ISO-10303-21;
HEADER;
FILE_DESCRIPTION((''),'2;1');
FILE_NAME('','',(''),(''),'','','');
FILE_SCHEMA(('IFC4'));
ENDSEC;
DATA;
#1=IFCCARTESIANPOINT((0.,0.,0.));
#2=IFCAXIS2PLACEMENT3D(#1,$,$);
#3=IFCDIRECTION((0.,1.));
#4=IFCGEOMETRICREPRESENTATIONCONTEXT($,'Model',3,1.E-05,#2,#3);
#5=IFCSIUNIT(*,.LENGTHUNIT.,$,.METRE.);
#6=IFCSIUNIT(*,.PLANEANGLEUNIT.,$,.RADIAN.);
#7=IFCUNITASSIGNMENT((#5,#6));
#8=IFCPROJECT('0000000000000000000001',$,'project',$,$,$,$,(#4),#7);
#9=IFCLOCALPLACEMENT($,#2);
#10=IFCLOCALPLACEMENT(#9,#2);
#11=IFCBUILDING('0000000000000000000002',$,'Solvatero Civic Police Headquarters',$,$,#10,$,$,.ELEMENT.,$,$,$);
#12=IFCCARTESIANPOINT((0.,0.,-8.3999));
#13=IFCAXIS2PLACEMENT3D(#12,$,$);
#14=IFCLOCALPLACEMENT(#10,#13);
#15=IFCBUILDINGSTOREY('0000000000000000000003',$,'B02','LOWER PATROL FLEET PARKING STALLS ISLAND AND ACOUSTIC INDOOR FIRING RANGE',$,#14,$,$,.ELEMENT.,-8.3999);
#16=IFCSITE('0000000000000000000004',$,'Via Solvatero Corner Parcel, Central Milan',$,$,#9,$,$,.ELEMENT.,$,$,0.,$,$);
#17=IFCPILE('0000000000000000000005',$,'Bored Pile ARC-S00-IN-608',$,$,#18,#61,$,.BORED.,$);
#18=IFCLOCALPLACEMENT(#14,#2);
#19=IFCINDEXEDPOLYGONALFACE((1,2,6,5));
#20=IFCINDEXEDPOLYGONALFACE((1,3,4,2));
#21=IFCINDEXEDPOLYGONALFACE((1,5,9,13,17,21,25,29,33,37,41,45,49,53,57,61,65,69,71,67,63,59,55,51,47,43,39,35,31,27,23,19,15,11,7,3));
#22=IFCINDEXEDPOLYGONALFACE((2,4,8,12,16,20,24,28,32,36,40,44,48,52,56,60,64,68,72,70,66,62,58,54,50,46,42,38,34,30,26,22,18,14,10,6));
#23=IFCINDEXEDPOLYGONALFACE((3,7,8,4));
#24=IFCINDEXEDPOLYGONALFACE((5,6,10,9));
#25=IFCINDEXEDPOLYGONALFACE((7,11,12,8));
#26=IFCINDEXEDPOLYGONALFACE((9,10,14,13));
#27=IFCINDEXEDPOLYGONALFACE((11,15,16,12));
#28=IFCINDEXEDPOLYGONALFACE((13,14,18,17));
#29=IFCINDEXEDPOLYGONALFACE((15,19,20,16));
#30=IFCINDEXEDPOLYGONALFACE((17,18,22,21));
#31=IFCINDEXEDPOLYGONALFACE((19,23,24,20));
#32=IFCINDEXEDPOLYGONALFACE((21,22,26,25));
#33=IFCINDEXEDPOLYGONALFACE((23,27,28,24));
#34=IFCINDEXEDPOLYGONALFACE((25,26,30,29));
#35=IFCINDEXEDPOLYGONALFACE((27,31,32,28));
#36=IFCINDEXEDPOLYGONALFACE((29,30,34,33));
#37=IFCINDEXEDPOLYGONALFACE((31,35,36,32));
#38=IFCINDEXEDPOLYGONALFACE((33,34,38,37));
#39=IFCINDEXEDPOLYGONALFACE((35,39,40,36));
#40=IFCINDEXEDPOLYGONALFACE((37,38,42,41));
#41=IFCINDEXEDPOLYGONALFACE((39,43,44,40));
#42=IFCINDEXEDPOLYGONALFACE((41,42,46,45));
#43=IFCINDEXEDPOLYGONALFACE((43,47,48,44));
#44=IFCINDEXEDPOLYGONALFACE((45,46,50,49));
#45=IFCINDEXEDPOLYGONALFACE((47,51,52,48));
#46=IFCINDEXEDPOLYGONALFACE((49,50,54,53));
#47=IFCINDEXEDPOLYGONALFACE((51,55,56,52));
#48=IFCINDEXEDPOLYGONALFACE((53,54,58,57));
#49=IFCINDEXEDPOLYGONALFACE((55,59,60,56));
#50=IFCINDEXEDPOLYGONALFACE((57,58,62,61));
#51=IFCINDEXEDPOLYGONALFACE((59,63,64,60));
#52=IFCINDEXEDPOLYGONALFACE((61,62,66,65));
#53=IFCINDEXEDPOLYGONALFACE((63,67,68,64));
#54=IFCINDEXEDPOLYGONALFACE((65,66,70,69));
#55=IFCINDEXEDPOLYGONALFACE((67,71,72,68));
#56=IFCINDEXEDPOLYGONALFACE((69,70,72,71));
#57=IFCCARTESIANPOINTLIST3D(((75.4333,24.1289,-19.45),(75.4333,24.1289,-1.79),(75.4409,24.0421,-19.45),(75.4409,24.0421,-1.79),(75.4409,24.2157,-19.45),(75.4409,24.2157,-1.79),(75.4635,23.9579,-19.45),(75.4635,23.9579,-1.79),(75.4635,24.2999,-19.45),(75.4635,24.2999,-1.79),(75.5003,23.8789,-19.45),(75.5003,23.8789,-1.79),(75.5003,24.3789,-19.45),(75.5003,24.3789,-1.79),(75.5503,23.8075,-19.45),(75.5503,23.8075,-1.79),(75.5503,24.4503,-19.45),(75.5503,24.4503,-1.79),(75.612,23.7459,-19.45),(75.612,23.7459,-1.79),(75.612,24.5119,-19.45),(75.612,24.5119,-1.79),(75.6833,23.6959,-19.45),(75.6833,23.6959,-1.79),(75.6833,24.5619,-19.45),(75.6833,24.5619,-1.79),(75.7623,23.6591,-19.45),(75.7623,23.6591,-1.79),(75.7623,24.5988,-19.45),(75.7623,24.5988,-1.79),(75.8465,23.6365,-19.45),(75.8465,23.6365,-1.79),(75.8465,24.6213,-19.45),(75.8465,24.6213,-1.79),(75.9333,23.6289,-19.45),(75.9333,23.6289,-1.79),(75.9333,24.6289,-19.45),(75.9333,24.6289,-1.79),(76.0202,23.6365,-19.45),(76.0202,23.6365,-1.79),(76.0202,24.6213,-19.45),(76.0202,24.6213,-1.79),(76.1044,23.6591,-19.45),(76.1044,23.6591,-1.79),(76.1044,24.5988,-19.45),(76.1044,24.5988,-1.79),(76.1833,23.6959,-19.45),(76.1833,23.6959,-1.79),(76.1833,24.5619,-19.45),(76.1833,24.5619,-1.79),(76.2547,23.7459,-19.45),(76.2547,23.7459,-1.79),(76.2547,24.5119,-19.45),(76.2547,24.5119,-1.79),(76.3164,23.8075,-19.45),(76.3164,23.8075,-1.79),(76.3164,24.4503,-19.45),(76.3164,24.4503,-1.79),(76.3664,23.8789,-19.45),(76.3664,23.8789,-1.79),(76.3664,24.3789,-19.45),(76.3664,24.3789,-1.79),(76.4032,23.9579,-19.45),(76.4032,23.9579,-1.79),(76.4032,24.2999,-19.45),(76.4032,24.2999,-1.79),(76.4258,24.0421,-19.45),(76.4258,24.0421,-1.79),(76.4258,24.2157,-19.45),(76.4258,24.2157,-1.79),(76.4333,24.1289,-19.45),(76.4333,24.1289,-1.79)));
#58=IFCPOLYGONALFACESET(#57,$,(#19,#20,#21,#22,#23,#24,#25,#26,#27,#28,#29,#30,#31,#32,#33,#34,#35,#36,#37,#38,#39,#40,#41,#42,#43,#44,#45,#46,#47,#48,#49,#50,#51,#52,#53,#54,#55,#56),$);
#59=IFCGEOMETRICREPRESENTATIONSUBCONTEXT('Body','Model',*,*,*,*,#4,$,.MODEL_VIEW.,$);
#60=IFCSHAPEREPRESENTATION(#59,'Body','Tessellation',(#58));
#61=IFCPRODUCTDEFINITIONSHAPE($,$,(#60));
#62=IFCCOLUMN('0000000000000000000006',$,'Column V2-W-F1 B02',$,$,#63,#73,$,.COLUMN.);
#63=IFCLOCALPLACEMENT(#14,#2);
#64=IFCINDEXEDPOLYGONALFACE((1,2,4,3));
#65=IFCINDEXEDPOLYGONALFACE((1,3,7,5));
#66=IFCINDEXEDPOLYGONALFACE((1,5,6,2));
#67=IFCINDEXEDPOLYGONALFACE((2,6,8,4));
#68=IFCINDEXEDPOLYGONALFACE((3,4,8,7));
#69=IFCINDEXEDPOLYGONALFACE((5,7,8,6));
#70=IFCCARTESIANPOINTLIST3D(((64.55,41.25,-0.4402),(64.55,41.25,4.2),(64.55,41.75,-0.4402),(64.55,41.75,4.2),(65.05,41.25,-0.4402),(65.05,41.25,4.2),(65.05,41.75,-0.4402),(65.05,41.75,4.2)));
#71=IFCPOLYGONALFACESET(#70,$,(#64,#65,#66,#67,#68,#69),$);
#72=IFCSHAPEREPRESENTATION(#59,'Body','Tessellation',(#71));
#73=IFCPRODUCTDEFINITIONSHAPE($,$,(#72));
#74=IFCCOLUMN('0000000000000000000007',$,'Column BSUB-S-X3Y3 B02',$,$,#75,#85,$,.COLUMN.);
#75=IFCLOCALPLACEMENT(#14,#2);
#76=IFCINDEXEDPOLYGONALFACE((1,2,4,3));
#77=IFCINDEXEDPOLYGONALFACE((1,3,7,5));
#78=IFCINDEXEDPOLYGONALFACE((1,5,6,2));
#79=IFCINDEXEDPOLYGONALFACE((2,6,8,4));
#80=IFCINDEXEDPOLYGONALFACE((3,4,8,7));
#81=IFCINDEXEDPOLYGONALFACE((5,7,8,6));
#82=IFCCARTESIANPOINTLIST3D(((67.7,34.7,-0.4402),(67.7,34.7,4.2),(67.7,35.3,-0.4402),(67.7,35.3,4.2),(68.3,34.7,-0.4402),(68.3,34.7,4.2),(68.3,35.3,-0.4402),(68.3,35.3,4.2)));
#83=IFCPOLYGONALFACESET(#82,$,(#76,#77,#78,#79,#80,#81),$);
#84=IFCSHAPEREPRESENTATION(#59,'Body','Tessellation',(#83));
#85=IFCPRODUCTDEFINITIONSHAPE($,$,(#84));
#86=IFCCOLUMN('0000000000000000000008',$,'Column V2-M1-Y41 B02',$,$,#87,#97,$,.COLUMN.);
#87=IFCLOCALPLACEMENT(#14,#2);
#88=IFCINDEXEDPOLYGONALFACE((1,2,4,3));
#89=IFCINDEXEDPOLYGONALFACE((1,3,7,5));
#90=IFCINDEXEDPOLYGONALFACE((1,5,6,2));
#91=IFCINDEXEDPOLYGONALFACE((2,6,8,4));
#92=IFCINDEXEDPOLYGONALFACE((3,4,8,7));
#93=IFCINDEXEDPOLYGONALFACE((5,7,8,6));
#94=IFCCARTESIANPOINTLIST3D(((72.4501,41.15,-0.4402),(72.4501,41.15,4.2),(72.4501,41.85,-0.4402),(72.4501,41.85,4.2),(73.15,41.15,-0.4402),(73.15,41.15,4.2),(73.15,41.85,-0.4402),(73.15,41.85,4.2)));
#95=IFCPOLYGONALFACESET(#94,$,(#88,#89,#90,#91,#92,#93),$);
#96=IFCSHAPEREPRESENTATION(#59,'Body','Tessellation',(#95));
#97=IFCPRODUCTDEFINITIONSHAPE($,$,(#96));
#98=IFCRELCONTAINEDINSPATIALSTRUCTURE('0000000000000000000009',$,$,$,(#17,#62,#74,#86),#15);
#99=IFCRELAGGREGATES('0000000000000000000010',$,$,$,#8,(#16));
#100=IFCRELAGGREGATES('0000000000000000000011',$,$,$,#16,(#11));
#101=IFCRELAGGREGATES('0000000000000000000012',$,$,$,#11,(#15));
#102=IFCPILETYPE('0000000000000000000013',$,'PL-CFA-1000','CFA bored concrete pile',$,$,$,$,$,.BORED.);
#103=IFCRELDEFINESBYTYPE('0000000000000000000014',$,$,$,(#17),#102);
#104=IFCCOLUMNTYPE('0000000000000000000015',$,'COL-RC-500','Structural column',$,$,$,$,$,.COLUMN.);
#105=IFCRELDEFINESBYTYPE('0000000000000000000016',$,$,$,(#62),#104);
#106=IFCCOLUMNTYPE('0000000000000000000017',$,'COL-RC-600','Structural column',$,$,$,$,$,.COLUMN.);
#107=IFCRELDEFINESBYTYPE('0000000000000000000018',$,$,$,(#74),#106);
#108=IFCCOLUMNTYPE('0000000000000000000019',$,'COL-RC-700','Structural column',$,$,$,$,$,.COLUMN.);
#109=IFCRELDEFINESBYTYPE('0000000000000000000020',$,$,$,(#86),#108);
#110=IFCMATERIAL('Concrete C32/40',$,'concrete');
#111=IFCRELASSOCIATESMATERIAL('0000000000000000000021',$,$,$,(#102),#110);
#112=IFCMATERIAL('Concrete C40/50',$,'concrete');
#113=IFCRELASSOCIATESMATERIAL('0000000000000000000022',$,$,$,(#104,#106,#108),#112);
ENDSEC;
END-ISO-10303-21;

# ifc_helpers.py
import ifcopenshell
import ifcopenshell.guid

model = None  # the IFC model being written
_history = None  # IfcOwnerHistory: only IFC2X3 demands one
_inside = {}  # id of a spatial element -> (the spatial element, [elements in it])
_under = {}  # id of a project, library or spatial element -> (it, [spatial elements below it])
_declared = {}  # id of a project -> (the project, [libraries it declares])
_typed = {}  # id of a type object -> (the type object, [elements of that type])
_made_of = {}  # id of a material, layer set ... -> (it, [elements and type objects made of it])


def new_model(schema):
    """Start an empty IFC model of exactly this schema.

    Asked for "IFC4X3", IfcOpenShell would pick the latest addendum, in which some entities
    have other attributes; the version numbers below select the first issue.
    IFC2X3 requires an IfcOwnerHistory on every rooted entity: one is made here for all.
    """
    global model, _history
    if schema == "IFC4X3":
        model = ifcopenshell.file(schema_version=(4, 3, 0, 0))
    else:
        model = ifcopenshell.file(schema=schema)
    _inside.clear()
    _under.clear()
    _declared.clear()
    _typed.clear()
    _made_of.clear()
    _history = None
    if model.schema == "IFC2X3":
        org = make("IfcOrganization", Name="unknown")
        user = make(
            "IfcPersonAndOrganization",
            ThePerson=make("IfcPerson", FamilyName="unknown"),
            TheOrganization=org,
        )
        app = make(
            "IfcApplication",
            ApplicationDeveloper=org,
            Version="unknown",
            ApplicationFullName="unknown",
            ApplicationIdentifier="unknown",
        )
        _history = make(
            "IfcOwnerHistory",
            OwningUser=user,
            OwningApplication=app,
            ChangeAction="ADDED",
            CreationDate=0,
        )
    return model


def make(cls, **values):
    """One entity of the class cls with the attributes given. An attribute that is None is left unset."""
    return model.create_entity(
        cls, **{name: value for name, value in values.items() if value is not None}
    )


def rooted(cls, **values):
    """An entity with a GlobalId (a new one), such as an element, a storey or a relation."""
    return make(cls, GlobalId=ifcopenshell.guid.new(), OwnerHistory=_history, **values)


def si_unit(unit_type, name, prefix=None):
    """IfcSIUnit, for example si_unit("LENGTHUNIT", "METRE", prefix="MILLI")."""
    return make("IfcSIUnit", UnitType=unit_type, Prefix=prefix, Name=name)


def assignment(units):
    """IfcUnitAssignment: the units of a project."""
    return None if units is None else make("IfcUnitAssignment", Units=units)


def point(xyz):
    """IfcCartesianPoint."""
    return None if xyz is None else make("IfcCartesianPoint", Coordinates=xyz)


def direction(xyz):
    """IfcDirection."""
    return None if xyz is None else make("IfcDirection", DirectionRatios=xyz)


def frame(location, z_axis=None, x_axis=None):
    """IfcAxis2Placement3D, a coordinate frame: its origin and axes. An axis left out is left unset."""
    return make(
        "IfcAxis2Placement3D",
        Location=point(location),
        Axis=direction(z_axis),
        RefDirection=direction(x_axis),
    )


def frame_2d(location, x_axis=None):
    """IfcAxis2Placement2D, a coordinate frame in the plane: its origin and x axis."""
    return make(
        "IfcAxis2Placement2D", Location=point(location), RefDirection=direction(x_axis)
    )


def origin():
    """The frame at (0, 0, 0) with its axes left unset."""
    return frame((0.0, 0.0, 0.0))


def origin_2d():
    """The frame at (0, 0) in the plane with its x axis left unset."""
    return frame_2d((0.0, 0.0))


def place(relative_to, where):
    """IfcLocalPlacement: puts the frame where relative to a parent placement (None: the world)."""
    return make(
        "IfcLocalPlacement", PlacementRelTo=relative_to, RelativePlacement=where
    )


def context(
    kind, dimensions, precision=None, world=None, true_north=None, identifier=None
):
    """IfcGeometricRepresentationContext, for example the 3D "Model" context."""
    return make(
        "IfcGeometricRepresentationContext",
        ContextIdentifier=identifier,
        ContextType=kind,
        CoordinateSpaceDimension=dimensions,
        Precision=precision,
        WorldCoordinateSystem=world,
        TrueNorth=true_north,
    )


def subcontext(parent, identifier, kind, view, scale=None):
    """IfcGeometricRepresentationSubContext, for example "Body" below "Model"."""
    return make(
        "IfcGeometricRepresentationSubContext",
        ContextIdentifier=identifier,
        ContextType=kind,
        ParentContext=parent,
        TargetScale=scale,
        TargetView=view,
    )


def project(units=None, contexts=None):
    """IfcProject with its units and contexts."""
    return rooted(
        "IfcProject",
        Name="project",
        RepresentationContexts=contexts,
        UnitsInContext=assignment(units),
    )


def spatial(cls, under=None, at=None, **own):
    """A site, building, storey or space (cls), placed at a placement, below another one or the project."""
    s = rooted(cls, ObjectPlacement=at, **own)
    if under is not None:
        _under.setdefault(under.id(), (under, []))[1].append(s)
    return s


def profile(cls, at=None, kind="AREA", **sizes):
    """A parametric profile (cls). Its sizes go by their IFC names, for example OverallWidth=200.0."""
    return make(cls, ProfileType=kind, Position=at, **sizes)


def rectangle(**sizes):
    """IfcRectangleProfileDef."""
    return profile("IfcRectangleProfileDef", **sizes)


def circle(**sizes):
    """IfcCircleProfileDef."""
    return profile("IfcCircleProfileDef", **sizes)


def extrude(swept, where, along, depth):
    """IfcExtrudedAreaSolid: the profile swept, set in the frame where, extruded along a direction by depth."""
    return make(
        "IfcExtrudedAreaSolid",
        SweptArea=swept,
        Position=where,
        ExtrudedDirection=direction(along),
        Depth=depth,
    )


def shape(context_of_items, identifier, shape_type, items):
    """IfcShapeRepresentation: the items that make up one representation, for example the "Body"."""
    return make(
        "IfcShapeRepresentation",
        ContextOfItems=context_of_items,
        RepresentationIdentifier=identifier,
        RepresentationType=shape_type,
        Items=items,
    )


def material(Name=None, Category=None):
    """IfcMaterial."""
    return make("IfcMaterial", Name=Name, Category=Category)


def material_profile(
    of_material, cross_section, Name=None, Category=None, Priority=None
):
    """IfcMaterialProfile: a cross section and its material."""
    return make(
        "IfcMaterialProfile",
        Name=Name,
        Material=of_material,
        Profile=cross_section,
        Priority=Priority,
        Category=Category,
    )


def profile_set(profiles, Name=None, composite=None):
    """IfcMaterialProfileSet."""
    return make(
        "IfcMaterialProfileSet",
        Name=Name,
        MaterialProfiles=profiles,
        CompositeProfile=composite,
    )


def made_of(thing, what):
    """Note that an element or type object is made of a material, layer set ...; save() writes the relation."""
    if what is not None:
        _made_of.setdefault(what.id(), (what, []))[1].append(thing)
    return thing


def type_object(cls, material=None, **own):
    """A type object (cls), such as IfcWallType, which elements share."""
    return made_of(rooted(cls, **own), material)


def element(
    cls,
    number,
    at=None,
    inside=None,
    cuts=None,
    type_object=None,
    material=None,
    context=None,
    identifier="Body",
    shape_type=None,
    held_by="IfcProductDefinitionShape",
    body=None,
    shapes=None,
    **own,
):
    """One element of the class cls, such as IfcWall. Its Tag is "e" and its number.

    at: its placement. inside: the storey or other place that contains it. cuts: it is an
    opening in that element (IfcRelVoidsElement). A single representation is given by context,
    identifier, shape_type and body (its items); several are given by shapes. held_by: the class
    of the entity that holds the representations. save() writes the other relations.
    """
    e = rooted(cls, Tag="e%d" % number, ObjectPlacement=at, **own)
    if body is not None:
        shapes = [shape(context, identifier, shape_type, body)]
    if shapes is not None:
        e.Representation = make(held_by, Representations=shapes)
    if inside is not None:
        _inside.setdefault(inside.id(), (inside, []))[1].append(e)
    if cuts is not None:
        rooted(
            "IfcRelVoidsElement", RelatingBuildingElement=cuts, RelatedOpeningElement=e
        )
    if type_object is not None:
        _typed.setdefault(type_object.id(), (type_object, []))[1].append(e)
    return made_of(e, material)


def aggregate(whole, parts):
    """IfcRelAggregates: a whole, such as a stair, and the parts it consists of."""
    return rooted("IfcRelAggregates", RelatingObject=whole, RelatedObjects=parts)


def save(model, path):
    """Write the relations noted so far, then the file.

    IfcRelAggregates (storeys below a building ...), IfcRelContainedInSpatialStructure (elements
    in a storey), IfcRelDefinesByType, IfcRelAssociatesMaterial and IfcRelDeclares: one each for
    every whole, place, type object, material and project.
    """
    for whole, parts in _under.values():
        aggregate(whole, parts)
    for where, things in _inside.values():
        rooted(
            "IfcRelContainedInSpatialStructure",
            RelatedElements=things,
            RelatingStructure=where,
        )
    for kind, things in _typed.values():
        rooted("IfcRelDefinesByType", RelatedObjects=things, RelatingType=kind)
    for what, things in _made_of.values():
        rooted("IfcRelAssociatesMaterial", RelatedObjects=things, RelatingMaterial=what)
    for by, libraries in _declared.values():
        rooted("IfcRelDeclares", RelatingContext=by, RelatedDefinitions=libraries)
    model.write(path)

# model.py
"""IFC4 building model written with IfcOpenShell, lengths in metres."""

from ifc_helpers import new_model, si_unit, direction, frame, origin, origin_2d, place, context, subcontext, project, spatial, rectangle, circle, extrude, material, material_profile, profile_set, type_object, element, save


model = new_model("IFC4")

# Units and contexts
model_context = context("Model", 3, precision=1e-05, world=origin(), true_north=direction((0.0, 1.0)))
body_context = subcontext(model_context, "Body", "Model", "MODEL_VIEW")
ifc_project = project(units=[si_unit("LENGTHUNIT", "METRE"), si_unit("PLANEANGLEUNIT", "RADIAN")], contexts=[model_context])

# Site, building, storey
site_placement = place(None, origin())
site = spatial("IfcSite", under=ifc_project, at=site_placement, Name="Via Solvatero Corner Parcel, Central Milan", CompositionType="ELEMENT", RefElevation=0.0)
building_placement = place(site_placement, origin())
building = spatial("IfcBuilding", under=site, at=building_placement, Name="Solvatero Civic Police Headquarters", CompositionType="ELEMENT")
storey_placement = place(building_placement, frame((0.0, 0.0, -8.3999)))
storey = spatial("IfcBuildingStorey", under=building, at=storey_placement, Name="B02", Description="LOWER PATROL FLEET PARKING STALLS ISLAND AND ACOUSTIC INDOOR FIRING RANGE", CompositionType="ELEMENT", Elevation=-8.3999)

# Pile
ifc_material_1 = material(Name="Concrete C32/40", Category="concrete")
ifc_material_profile_1 = material_profile(ifc_material_1, circle(Radius=0.5, at=origin_2d()), Name="CFA PILE D1000")
ifc_profile_set_1 = profile_set([ifc_material_profile_1], Name="Concrete C32/40")
pile_type = type_object("IfcPileType", Name="PL-CFA-1000", Description="CFA bored concrete pile", PredefinedType="BORED", material=ifc_profile_set_1)
for number, where, z_axis, x_axis, name in (
    (1, (75.9333, 24.1289, -1.79), (0.0, 0.0, -1.0), (1.0, 0.0, 0.0), "Bored Pile ARC-S00-IN-608"),
):
    element("IfcPile", number, at=place(storey_placement, frame(where, z_axis=z_axis, x_axis=x_axis)), inside=storey, type_object=pile_type, Name=name, PredefinedType="BORED", context=body_context, shape_type="SweptSolid", body=[
        extrude(circle(Radius=0.5, at=origin_2d()), origin(), (0.0, 0.0, 1.0), 17.6599),
    ])

# Columns
ifc_material_2 = material(Name="Concrete C40/50", Category="concrete")
ifc_material_profile_2 = material_profile(ifc_material_2, rectangle(XDim=0.5, YDim=0.5, at=origin_2d()), Name="RC 500x500")
ifc_profile_set_2 = profile_set([ifc_material_profile_2], Name="Concrete C40/50")
column_type_1 = type_object("IfcColumnType", Name="COL-RC-500", Description="Structural column", PredefinedType="COLUMN", material=ifc_profile_set_2)
column_1_placement = place(storey_placement, frame((64.8, 41.5, -0.4402), z_axis=(0.0, 0.0, 1.0), x_axis=(1.0, 0.0, 0.0)))
element("IfcColumn", 2, at=column_1_placement, inside=storey, type_object=column_type_1, Name="Column V2-W-F1 B02", PredefinedType="COLUMN", context=body_context, shape_type="SweptSolid", body=[
    extrude(rectangle(XDim=0.5, YDim=0.5, at=origin_2d()), origin(), (0.0, 0.0, 1.0), 4.6401),
])
ifc_material_profile_3 = material_profile(ifc_material_2, rectangle(XDim=0.6001, YDim=0.6001, at=origin_2d()), Name="RC 600x600")
ifc_profile_set_3 = profile_set([ifc_material_profile_3], Name="Concrete C40/50")
column_type_2 = type_object("IfcColumnType", Name="COL-RC-600", Description="Structural column", PredefinedType="COLUMN", material=ifc_profile_set_3)
column_2_placement = place(storey_placement, frame((68.0, 35.0, -0.4402), z_axis=(0.0, 0.0, 1.0), x_axis=(1.0, 0.0, 0.0)))
element("IfcColumn", 3, at=column_2_placement, inside=storey, type_object=column_type_2, Name="Column BSUB-S-X3Y3 B02", PredefinedType="COLUMN", context=body_context, shape_type="SweptSolid", body=[
    extrude(rectangle(XDim=0.6001, YDim=0.6001, at=origin_2d()), origin(), (0.0, 0.0, 1.0), 4.6401),
])
ifc_material_profile_4 = material_profile(ifc_material_2, rectangle(XDim=0.7, YDim=0.7, at=origin_2d()), Name="RC 700x700")
ifc_profile_set_4 = profile_set([ifc_material_profile_4], Name="Concrete C40/50")
column_type_3 = type_object("IfcColumnType", Name="COL-RC-700", Description="Structural column", PredefinedType="COLUMN", material=ifc_profile_set_4)
column_3_placement = place(storey_placement, frame((72.8, 41.5, -0.4402), z_axis=(0.0, 0.0, 1.0), x_axis=(1.0, 0.0, 0.0)))
element("IfcColumn", 4, at=column_3_placement, inside=storey, type_object=column_type_3, Name="Column V2-M1-Y41 B02", PredefinedType="COLUMN", context=body_context, shape_type="SweptSolid", body=[
    extrude(rectangle(XDim=0.7, YDim=0.7, at=origin_2d()), origin(), (0.0, 0.0, 1.0), 4.6401),
])

save(model, "model.ifc")
